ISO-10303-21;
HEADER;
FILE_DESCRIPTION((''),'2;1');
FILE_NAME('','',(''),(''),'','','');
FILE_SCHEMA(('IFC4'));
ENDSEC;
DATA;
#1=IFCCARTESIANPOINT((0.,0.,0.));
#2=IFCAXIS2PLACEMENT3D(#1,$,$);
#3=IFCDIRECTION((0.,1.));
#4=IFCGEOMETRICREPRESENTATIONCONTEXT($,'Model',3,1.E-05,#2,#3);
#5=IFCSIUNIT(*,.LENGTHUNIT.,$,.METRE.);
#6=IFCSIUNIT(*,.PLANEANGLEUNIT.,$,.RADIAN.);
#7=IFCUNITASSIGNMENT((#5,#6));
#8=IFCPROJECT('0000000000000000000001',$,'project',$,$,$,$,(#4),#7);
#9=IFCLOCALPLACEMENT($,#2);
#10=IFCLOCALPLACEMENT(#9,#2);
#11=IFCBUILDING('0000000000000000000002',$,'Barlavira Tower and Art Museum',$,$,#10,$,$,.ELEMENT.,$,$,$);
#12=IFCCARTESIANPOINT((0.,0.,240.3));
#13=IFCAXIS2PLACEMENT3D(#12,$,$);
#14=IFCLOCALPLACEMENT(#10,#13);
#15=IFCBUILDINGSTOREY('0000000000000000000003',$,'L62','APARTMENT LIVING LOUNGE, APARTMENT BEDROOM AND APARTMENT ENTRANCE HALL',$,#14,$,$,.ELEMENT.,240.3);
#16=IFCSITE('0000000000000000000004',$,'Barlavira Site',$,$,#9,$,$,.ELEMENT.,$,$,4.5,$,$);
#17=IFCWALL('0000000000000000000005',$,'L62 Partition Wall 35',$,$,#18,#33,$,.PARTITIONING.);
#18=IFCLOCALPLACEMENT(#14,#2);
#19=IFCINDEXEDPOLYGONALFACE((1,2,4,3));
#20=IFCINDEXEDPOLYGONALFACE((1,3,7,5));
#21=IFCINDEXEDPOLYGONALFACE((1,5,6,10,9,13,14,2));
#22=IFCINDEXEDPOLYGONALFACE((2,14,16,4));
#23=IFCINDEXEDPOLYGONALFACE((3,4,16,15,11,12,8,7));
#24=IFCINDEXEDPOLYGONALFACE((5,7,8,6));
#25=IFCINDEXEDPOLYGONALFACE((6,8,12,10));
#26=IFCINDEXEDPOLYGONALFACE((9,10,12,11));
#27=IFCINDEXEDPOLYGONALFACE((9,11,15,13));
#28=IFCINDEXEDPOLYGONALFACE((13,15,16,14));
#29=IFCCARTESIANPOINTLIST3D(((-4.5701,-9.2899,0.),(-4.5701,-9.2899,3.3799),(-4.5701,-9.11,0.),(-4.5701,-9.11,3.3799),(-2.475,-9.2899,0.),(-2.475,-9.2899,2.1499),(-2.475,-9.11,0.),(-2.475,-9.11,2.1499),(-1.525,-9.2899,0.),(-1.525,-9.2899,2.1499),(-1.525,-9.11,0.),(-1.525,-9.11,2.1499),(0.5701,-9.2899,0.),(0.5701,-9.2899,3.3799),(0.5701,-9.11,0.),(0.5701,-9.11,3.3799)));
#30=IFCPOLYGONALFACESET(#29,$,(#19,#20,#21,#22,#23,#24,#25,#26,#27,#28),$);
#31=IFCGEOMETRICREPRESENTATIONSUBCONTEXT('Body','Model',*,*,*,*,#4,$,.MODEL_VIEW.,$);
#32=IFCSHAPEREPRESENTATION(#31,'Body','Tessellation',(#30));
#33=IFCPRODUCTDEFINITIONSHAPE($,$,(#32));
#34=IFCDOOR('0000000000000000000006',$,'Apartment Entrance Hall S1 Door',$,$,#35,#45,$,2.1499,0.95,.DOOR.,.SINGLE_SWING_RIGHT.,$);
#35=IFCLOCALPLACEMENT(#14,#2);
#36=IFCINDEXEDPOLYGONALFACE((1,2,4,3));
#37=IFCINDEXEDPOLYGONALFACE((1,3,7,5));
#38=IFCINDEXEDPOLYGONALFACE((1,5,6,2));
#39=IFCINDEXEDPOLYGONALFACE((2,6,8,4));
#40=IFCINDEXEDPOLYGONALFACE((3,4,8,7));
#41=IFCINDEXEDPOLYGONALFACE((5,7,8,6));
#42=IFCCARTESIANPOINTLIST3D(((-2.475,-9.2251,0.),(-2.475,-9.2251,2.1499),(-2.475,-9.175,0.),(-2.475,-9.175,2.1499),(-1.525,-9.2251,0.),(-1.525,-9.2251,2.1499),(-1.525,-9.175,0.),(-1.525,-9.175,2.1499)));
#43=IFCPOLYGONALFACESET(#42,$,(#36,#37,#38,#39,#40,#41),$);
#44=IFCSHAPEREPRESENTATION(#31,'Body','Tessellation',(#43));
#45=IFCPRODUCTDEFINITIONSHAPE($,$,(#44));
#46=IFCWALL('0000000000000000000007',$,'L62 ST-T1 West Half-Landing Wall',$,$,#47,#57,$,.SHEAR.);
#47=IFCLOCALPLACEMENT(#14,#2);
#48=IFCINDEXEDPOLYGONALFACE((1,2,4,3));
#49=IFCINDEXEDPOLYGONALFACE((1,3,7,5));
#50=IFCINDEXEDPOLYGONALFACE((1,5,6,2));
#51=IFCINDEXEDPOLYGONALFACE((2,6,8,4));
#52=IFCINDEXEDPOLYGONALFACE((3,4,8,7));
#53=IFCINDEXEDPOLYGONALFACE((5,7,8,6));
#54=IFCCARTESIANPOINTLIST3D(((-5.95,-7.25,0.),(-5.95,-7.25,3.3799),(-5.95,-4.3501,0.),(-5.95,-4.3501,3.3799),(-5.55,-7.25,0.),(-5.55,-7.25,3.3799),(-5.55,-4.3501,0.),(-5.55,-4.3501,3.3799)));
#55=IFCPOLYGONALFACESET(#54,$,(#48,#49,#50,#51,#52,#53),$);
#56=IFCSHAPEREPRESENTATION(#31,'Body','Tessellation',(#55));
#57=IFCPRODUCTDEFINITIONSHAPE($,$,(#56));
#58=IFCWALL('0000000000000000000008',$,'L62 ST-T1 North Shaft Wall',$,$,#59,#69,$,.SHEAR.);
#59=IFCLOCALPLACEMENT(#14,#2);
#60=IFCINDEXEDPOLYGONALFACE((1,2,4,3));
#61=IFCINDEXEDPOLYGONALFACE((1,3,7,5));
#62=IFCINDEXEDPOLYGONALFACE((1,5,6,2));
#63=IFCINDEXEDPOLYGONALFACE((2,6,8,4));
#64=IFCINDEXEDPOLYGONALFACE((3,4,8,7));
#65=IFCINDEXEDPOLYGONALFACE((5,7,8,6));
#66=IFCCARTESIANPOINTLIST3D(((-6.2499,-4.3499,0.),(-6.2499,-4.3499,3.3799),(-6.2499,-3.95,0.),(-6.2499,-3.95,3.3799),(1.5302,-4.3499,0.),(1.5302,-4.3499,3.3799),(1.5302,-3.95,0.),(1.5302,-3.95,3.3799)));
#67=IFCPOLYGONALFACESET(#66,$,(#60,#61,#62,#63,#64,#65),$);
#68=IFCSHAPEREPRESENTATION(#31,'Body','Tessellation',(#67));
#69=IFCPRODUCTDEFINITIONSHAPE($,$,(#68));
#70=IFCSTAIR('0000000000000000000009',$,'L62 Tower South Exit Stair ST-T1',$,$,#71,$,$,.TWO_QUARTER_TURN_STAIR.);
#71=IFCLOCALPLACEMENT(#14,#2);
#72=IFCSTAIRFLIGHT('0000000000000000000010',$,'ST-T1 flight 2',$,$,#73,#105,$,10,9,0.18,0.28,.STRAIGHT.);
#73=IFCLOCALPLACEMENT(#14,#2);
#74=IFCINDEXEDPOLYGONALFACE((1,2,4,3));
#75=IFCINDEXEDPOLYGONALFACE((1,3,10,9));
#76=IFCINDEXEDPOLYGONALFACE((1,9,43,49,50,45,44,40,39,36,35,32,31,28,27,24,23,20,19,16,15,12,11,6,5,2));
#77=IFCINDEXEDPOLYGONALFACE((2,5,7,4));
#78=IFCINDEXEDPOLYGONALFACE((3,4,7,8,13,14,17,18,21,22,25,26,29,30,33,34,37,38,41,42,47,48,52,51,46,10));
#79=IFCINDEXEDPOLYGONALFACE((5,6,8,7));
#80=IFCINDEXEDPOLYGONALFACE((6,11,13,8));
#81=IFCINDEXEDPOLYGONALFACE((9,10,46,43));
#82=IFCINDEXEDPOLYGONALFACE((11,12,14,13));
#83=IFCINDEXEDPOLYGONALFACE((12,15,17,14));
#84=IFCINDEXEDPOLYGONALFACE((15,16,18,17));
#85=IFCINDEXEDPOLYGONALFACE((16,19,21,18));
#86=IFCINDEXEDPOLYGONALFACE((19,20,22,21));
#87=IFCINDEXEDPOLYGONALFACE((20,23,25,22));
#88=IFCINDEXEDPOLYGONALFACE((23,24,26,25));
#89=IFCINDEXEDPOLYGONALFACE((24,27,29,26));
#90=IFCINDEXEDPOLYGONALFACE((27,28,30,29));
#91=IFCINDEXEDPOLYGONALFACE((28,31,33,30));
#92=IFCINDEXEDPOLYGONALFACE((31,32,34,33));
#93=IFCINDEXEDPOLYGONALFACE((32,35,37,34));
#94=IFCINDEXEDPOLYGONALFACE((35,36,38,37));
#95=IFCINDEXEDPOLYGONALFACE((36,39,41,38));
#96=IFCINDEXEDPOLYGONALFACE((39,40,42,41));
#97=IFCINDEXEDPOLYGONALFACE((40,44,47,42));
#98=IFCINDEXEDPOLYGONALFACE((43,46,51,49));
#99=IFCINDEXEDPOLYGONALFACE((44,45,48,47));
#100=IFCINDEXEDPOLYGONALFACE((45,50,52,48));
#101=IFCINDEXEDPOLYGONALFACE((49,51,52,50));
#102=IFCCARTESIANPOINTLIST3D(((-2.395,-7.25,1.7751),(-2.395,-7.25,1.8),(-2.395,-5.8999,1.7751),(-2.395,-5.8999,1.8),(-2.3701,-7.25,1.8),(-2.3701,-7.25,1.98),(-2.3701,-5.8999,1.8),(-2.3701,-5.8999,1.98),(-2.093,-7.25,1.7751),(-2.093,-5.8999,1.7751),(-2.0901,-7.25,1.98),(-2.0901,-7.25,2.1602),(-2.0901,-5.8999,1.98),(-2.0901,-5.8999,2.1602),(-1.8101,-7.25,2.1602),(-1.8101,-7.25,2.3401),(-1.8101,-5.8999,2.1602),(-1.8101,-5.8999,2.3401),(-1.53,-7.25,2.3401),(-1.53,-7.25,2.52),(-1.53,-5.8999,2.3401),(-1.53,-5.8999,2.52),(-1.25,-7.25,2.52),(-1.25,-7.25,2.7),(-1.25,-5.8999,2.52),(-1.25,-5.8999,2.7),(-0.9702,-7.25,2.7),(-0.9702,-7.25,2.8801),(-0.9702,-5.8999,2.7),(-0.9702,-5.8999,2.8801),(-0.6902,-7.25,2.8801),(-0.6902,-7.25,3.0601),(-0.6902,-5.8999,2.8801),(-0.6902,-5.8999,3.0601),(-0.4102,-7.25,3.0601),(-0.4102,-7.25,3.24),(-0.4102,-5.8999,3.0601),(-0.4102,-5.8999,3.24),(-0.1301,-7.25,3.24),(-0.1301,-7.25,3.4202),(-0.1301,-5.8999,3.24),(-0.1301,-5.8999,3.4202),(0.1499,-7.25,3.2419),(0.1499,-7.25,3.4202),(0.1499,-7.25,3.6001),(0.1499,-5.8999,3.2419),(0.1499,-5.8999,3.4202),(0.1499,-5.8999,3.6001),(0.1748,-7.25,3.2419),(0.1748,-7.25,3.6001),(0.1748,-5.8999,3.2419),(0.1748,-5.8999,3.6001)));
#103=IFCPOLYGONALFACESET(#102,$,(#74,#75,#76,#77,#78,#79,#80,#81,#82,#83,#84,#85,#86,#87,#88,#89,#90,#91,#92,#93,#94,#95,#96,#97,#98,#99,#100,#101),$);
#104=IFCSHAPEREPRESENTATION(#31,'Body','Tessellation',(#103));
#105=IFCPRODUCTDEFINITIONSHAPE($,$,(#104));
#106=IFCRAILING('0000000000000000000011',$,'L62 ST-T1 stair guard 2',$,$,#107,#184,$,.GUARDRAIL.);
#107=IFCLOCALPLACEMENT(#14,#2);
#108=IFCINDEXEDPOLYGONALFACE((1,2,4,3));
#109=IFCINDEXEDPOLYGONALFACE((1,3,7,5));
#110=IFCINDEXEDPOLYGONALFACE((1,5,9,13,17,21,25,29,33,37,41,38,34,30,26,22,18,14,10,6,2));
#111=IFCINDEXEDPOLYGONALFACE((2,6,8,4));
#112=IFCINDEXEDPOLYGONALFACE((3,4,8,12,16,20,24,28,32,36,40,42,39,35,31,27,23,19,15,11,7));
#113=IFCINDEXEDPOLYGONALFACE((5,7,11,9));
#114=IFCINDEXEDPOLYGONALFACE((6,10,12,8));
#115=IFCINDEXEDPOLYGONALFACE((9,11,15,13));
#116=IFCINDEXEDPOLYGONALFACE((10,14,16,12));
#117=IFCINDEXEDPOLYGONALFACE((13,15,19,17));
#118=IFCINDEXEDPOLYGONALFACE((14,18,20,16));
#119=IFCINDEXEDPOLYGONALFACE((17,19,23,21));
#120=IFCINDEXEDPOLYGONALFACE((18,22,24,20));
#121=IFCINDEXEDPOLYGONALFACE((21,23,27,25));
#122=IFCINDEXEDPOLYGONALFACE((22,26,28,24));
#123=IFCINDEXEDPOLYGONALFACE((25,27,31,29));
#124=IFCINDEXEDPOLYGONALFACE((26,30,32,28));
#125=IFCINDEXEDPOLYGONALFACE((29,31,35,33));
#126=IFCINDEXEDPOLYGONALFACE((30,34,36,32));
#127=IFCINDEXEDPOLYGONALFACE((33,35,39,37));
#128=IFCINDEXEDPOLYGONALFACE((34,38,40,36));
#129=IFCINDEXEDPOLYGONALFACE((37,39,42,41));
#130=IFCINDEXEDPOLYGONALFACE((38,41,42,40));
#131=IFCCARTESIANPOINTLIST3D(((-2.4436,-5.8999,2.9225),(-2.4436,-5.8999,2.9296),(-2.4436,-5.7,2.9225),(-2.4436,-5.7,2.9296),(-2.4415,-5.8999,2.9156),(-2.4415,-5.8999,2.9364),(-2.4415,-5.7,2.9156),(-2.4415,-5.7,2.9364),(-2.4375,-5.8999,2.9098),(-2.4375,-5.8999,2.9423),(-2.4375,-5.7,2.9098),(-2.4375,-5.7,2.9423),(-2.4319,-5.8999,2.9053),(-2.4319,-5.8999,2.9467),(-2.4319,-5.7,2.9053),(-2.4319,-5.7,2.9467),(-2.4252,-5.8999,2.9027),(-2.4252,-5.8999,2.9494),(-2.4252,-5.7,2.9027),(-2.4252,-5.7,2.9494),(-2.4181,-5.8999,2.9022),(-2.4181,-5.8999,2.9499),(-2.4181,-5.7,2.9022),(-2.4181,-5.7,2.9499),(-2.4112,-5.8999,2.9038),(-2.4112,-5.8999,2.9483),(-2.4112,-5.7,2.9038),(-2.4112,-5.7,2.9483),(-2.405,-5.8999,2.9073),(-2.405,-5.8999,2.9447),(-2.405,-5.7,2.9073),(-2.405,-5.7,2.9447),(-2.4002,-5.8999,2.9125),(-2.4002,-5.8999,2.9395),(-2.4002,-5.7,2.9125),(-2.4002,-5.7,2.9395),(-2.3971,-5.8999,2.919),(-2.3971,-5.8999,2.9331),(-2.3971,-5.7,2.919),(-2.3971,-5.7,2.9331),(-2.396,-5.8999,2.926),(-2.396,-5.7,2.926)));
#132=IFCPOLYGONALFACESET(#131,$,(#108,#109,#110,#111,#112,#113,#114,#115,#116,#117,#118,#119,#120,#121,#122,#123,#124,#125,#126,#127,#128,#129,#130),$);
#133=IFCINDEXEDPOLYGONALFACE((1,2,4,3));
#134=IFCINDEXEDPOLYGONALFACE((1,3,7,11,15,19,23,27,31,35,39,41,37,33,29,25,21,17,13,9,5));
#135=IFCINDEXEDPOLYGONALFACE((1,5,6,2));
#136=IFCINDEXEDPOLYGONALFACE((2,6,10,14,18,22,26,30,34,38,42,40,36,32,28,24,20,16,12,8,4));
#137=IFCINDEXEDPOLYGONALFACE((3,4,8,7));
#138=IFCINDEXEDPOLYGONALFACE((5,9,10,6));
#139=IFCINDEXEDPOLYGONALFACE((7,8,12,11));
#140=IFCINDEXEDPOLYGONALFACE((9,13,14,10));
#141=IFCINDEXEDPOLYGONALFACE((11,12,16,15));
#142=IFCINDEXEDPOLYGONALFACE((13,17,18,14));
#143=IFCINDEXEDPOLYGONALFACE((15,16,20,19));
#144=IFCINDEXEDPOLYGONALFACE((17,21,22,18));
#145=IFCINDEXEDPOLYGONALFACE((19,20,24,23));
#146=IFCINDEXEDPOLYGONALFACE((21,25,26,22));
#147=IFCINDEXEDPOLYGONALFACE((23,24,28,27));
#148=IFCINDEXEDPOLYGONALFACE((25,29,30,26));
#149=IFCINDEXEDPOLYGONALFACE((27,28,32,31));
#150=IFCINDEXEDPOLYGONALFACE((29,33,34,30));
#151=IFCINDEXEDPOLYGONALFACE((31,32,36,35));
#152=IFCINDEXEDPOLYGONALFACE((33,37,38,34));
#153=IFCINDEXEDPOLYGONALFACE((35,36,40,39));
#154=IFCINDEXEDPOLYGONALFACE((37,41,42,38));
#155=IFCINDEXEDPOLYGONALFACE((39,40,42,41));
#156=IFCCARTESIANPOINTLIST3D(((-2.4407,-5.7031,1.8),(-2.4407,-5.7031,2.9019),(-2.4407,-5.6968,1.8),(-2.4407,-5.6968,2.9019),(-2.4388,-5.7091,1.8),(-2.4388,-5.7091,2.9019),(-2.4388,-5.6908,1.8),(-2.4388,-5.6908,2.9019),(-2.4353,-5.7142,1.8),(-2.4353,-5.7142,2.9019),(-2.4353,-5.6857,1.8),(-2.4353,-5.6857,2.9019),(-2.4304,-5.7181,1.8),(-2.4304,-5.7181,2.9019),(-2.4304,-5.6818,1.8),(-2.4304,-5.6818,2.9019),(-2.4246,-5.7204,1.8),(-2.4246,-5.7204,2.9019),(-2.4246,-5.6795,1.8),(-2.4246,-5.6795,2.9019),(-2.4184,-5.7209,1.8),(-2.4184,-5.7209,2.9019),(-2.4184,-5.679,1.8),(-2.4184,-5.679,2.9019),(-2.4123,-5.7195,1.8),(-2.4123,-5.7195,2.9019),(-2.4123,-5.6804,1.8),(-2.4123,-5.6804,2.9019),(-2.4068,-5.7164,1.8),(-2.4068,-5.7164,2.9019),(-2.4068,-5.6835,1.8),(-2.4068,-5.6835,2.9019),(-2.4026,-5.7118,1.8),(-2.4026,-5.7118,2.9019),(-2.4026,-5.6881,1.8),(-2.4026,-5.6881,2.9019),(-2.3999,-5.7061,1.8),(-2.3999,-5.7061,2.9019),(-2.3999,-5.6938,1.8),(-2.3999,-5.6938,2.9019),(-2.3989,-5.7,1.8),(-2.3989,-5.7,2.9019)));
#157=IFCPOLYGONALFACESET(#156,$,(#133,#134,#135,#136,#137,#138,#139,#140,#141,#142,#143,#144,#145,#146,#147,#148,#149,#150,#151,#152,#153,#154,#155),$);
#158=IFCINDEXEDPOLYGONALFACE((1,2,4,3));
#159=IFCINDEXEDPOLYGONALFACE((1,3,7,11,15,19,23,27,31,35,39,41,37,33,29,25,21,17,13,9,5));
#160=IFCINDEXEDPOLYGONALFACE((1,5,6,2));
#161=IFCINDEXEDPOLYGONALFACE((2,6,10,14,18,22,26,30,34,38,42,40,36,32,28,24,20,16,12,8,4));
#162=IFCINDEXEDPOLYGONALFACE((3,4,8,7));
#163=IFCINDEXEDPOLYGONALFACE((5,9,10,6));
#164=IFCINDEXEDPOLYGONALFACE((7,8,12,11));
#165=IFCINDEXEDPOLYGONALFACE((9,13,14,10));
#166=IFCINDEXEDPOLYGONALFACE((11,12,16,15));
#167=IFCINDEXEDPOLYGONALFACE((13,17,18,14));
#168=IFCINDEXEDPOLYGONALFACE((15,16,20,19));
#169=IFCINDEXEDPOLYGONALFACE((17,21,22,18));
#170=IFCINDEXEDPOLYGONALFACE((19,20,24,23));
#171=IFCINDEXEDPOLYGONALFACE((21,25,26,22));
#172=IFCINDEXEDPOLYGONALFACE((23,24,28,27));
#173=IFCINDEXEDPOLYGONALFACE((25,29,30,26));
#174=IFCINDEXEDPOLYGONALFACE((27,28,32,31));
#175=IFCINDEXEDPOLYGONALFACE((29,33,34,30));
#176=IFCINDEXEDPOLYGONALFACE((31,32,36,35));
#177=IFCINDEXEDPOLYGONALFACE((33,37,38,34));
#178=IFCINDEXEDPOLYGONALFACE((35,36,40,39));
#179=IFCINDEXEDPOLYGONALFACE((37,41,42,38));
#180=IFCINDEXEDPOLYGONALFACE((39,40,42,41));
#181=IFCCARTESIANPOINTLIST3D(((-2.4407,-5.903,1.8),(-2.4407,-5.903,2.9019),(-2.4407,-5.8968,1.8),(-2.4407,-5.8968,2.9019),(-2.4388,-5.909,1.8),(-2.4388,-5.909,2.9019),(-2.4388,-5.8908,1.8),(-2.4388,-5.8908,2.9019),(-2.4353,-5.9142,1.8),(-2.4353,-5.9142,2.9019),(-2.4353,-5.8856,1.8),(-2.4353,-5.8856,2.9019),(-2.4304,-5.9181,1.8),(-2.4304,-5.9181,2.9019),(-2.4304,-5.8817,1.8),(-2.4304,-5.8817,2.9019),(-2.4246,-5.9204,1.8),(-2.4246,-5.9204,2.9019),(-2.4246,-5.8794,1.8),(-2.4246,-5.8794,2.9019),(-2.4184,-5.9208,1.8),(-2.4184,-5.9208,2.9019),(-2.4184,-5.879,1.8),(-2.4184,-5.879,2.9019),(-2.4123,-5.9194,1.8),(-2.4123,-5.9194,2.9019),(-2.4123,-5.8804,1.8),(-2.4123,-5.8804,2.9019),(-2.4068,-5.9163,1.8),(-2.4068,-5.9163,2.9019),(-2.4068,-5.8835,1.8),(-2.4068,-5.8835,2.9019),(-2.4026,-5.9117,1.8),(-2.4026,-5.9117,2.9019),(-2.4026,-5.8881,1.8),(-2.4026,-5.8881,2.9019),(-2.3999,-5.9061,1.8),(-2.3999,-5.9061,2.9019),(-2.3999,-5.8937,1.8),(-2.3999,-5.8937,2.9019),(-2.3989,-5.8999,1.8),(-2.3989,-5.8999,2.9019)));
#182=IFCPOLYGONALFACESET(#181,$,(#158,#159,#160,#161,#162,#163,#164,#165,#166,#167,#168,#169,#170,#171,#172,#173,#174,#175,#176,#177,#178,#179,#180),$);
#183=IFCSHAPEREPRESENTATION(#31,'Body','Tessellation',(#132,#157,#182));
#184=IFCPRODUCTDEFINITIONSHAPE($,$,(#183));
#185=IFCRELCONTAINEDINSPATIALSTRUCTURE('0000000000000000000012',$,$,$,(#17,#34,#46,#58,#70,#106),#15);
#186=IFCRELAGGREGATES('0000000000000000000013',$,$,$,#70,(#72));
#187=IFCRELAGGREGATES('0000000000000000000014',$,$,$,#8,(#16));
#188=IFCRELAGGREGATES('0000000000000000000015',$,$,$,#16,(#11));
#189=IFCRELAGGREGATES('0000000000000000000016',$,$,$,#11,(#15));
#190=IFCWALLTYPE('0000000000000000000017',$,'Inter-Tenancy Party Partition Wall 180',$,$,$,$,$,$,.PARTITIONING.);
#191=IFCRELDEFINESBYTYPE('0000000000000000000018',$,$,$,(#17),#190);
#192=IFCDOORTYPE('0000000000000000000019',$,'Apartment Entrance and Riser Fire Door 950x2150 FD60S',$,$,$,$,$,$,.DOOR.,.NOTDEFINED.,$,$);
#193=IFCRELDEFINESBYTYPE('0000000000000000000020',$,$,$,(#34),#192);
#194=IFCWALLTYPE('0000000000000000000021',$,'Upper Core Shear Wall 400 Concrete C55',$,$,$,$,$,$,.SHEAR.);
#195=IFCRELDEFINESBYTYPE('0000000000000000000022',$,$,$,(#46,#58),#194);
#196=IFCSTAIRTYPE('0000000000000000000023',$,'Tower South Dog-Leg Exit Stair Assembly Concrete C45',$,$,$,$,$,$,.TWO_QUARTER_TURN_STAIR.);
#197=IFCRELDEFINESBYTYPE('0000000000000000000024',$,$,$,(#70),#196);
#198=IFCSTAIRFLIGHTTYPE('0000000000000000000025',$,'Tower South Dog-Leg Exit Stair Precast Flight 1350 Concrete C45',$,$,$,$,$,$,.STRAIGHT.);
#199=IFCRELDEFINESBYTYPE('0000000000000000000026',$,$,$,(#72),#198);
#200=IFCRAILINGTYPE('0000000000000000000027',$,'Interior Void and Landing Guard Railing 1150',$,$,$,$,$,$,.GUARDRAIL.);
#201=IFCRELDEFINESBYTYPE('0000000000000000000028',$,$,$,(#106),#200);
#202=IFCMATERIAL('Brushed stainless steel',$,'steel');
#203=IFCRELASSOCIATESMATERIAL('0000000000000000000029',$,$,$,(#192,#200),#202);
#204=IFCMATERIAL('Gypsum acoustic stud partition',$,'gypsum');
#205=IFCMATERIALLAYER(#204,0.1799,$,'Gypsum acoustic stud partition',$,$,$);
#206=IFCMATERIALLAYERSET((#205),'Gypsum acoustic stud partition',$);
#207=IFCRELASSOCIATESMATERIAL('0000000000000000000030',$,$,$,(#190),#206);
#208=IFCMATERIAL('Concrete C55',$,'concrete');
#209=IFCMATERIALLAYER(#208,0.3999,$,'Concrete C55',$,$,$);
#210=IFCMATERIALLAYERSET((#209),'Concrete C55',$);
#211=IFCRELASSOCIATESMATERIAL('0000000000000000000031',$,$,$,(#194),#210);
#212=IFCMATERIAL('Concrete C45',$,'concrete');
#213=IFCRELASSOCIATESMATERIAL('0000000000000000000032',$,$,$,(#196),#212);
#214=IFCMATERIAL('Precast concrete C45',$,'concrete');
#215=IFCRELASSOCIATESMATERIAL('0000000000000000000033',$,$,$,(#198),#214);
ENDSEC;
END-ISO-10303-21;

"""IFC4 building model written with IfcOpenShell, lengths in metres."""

from ifc_helpers import new_model, si_unit, direction, frame, frame_2d, origin, origin_2d, place, context, subcontext, project, spatial, polyline, rectangle, circle, outline, extrude, material, layer, layer_set, type_object, element, fill, aggregate, save


model = new_model("IFC4")

# Units and contexts
model_context = context("Model", 3, precision=1e-05, world=origin(), true_north=direction((0.0, 1.0)))
body_context = subcontext(model_context, "Body", "Model", "MODEL_VIEW")
ifc_project = project(units=[si_unit("LENGTHUNIT", "METRE"), si_unit("PLANEANGLEUNIT", "RADIAN")], contexts=[model_context])

# Site, building, storey
site_placement = place(None, origin())
site = spatial("IfcSite", under=ifc_project, at=site_placement, Name="Barlavira Site", CompositionType="ELEMENT", RefElevation=4.5)
building_placement = place(site_placement, origin())
building = spatial("IfcBuilding", under=site, at=building_placement, Name="Barlavira Tower and Art Museum", CompositionType="ELEMENT")
storey_placement = place(building_placement, frame((0.0, 0.0, 240.3)))
storey = spatial("IfcBuildingStorey", under=building, at=storey_placement, Name="L62", Description="APARTMENT LIVING LOUNGE, APARTMENT BEDROOM AND APARTMENT ENTRANCE HALL", CompositionType="ELEMENT", Elevation=240.3)

# Shared definitions
ifc_material_1 = material(Name="Brushed stainless steel", Category="steel")
door_type = type_object("IfcDoorType", Name="Apartment Entrance and Riser Fire Door 950x2150 FD60S", OperationType="NOTDEFINED", PredefinedType="DOOR", material=ifc_material_1)

# Shared definitions
ifc_material_2 = material(Name="Gypsum acoustic stud partition", Category="gypsum")
ifc_layer_1 = layer(ifc_material_2, 0.1799, Name="Gypsum acoustic stud partition")
ifc_layer_set_1 = layer_set([ifc_layer_1], Name="Gypsum acoustic stud partition")
wall_type_1 = type_object("IfcWallType", Name="Inter-Tenancy Party Partition Wall 180", PredefinedType="PARTITIONING", material=ifc_layer_set_1)

# Wall, opening, door
wall_1_placement = place(storey_placement, frame((-4.5701, -9.2, 0.0), z_axis=(0.0, 0.0, 1.0), x_axis=(1.0, 0.0, 0.0)))
wall_1 = element("IfcWall", 1, at=wall_1_placement, inside=storey, type_object=wall_type_1, Name="L62 Partition Wall 35", PredefinedType="PARTITIONING", context=body_context, shape_type="SweptSolid", body=[
    extrude(rectangle(XDim=5.1401, YDim=0.1799, at=frame_2d((2.5701, 0.0))), origin(), (0.0, 0.0, 1.0), 3.3799),
])
opening_1_placement = place(wall_1_placement, frame((2.095, 0.0, 0.0)))
opening_1 = element("IfcOpeningElement", 2, at=opening_1_placement, cuts=wall_1, PredefinedType="OPENING", context=body_context, shape_type="SweptSolid", body=[
    extrude(rectangle(XDim=0.95, YDim=2.1499, at=frame_2d((0.4751, 1.075))), frame((0.0, 0.1001, 0.0), z_axis=(0.0, -1.0, 0.0), x_axis=(1.0, 0.0, 0.0)), (0.0, 0.0, 1.0), 0.2),
])
door_1_placement = place(opening_1_placement, origin())
door_1 = element("IfcDoor", 3, at=door_1_placement, inside=storey, type_object=door_type, Name="Apartment Entrance Hall S1 Door", OperationType="SINGLE_SWING_RIGHT", OverallHeight=2.1499, OverallWidth=0.95, PredefinedType="DOOR", context=body_context, shape_type="SweptSolid", body=[
    extrude(rectangle(XDim=0.95, YDim=2.1499, at=frame_2d((0.4751, 1.075))), frame((0.0, 0.0249, 0.0), z_axis=(0.0, -1.0, 0.0), x_axis=(1.0, 0.0, 0.0)), (0.0, 0.0, 1.0), 0.05),
])
fill(opening_1, door_1)

# Walls
ifc_material_3 = material(Name="Concrete C55", Category="concrete")
ifc_layer_2 = layer(ifc_material_3, 0.3999, Name="Concrete C55")
ifc_layer_set_2 = layer_set([ifc_layer_2], Name="Concrete C55")
wall_type_2 = type_object("IfcWallType", Name="Upper Core Shear Wall 400 Concrete C55", PredefinedType="SHEAR", material=ifc_layer_set_2)
wall_2_placement = place(storey_placement, frame((-5.75, -7.25, 0.0), z_axis=(0.0, 0.0, 1.0), x_axis=(0.0, 1.0, 0.0)))
element("IfcWall", 4, at=wall_2_placement, inside=storey, type_object=wall_type_2, Name="L62 ST-T1 West Half-Landing Wall", PredefinedType="SHEAR", context=body_context, shape_type="SweptSolid", body=[
    extrude(rectangle(XDim=2.8999, YDim=0.3999, at=frame_2d((1.45, 0.0))), origin(), (0.0, 0.0, 1.0), 3.3799),
])
wall_3_placement = place(storey_placement, frame((-6.25, -4.1499, 0.0), z_axis=(0.0, 0.0, 1.0), x_axis=(1.0, 0.0, 0.0)))
element("IfcWall", 5, at=wall_3_placement, inside=storey, type_object=wall_type_2, Name="L62 ST-T1 North Shaft Wall", PredefinedType="SHEAR", context=body_context, shape_type="SweptSolid", body=[
    extrude(rectangle(XDim=7.78, YDim=0.3999, at=frame_2d((3.8901, 0.0))), origin(), (0.0, 0.0, 1.0), 3.3799),
])

# Stair, stair flight
ifc_material_4 = material(Name="Concrete C45", Category="concrete")
stair_type = type_object("IfcStairType", Name="Tower South Dog-Leg Exit Stair Assembly Concrete C45", PredefinedType="TWO_QUARTER_TURN_STAIR", material=ifc_material_4)
stair_placement = place(storey_placement, origin())
stair = element("IfcStair", 6, at=stair_placement, inside=storey, type_object=stair_type, Name="L62 Tower South Exit Stair ST-T1", PredefinedType="TWO_QUARTER_TURN_STAIR")
ifc_material_5 = material(Name="Precast concrete C45", Category="concrete")
stair_flight_type = type_object("IfcStairFlightType", Name="Tower South Dog-Leg Exit Stair Precast Flight 1350 Concrete C45", PredefinedType="STRAIGHT", material=ifc_material_5)
stair_flight_placement = place(storey_placement, frame((-2.3701, -6.575, 1.8), z_axis=(0.0, 0.0, 1.0), x_axis=(1.0, 0.0, 0.0)))
stair_flight = element("IfcStairFlight", 7, at=stair_flight_placement, type_object=stair_flight_type, Name="ST-T1 flight 2", NumberOfRisers=10, NumberOfTreads=9, PredefinedType="STRAIGHT", RiserHeight=0.18, TreadLength=0.28, context=body_context, shape_type="SweptSolid", body=[
    extrude(outline(polyline([(-0.0249, 0.0), (0.0, 0.0), (0.0, 0.1799), (0.28, 0.1799), (0.28, 0.3601), (0.5601, 0.3601), (0.5601, 0.54), (0.8401, 0.54), (0.8401, 0.72), (1.1201, 0.72), (1.1201, 0.8999), (1.3999, 0.8999), (1.3999, 1.0801), (1.6799, 1.0801), (1.6799, 1.26), (1.96, 1.26), (1.96, 1.4399), (2.24, 1.4399), (2.24, 1.6201), (2.52, 1.6201), (2.52, 1.8), (2.5449, 1.8), (2.5449, 1.4419), (2.52, 1.4419), (0.2771, -0.0249), (-0.0249, -0.0249), (-0.0249, 0.0)])), frame((0.0, 0.675, 0.0), z_axis=(0.0, -1.0, 0.0), x_axis=(1.0, 0.0, 0.0)), (0.0, 0.0, 1.0), 1.3501),
])
aggregate(stair, [stair_flight])

# Railing
railing_type_1 = type_object("IfcRailingType", Name="Interior Void and Landing Guard Railing 1150", PredefinedType="GUARDRAIL", material=ifc_material_1)
railing_1_placement = place(storey_placement, frame((-2.4199, -5.7, 1.8)))
element("IfcRailing", 8, at=railing_1_placement, inside=storey, type_object=railing_type_1, Name="L62 ST-T1 stair guard 2", PredefinedType="GUARDRAIL", context=body_context, shape_type="SweptSolid", body=[
    extrude(circle(Radius=0.0239, at=origin_2d()), frame((0.0, 0.0, 1.126), z_axis=(0.0, -1.0, 0.0), x_axis=(1.0, 0.0, 0.0)), (0.0, 0.0, 1.0), 0.2),
    extrude(circle(Radius=0.021, at=origin_2d()), origin(), (0.0, 0.0, 1.0), 1.1018),
    extrude(circle(Radius=0.021, at=origin_2d()), frame((0.0, -0.2, 0.0)), (0.0, 0.0, 1.0), 1.1018),
])

save(model, "model.ifc")
